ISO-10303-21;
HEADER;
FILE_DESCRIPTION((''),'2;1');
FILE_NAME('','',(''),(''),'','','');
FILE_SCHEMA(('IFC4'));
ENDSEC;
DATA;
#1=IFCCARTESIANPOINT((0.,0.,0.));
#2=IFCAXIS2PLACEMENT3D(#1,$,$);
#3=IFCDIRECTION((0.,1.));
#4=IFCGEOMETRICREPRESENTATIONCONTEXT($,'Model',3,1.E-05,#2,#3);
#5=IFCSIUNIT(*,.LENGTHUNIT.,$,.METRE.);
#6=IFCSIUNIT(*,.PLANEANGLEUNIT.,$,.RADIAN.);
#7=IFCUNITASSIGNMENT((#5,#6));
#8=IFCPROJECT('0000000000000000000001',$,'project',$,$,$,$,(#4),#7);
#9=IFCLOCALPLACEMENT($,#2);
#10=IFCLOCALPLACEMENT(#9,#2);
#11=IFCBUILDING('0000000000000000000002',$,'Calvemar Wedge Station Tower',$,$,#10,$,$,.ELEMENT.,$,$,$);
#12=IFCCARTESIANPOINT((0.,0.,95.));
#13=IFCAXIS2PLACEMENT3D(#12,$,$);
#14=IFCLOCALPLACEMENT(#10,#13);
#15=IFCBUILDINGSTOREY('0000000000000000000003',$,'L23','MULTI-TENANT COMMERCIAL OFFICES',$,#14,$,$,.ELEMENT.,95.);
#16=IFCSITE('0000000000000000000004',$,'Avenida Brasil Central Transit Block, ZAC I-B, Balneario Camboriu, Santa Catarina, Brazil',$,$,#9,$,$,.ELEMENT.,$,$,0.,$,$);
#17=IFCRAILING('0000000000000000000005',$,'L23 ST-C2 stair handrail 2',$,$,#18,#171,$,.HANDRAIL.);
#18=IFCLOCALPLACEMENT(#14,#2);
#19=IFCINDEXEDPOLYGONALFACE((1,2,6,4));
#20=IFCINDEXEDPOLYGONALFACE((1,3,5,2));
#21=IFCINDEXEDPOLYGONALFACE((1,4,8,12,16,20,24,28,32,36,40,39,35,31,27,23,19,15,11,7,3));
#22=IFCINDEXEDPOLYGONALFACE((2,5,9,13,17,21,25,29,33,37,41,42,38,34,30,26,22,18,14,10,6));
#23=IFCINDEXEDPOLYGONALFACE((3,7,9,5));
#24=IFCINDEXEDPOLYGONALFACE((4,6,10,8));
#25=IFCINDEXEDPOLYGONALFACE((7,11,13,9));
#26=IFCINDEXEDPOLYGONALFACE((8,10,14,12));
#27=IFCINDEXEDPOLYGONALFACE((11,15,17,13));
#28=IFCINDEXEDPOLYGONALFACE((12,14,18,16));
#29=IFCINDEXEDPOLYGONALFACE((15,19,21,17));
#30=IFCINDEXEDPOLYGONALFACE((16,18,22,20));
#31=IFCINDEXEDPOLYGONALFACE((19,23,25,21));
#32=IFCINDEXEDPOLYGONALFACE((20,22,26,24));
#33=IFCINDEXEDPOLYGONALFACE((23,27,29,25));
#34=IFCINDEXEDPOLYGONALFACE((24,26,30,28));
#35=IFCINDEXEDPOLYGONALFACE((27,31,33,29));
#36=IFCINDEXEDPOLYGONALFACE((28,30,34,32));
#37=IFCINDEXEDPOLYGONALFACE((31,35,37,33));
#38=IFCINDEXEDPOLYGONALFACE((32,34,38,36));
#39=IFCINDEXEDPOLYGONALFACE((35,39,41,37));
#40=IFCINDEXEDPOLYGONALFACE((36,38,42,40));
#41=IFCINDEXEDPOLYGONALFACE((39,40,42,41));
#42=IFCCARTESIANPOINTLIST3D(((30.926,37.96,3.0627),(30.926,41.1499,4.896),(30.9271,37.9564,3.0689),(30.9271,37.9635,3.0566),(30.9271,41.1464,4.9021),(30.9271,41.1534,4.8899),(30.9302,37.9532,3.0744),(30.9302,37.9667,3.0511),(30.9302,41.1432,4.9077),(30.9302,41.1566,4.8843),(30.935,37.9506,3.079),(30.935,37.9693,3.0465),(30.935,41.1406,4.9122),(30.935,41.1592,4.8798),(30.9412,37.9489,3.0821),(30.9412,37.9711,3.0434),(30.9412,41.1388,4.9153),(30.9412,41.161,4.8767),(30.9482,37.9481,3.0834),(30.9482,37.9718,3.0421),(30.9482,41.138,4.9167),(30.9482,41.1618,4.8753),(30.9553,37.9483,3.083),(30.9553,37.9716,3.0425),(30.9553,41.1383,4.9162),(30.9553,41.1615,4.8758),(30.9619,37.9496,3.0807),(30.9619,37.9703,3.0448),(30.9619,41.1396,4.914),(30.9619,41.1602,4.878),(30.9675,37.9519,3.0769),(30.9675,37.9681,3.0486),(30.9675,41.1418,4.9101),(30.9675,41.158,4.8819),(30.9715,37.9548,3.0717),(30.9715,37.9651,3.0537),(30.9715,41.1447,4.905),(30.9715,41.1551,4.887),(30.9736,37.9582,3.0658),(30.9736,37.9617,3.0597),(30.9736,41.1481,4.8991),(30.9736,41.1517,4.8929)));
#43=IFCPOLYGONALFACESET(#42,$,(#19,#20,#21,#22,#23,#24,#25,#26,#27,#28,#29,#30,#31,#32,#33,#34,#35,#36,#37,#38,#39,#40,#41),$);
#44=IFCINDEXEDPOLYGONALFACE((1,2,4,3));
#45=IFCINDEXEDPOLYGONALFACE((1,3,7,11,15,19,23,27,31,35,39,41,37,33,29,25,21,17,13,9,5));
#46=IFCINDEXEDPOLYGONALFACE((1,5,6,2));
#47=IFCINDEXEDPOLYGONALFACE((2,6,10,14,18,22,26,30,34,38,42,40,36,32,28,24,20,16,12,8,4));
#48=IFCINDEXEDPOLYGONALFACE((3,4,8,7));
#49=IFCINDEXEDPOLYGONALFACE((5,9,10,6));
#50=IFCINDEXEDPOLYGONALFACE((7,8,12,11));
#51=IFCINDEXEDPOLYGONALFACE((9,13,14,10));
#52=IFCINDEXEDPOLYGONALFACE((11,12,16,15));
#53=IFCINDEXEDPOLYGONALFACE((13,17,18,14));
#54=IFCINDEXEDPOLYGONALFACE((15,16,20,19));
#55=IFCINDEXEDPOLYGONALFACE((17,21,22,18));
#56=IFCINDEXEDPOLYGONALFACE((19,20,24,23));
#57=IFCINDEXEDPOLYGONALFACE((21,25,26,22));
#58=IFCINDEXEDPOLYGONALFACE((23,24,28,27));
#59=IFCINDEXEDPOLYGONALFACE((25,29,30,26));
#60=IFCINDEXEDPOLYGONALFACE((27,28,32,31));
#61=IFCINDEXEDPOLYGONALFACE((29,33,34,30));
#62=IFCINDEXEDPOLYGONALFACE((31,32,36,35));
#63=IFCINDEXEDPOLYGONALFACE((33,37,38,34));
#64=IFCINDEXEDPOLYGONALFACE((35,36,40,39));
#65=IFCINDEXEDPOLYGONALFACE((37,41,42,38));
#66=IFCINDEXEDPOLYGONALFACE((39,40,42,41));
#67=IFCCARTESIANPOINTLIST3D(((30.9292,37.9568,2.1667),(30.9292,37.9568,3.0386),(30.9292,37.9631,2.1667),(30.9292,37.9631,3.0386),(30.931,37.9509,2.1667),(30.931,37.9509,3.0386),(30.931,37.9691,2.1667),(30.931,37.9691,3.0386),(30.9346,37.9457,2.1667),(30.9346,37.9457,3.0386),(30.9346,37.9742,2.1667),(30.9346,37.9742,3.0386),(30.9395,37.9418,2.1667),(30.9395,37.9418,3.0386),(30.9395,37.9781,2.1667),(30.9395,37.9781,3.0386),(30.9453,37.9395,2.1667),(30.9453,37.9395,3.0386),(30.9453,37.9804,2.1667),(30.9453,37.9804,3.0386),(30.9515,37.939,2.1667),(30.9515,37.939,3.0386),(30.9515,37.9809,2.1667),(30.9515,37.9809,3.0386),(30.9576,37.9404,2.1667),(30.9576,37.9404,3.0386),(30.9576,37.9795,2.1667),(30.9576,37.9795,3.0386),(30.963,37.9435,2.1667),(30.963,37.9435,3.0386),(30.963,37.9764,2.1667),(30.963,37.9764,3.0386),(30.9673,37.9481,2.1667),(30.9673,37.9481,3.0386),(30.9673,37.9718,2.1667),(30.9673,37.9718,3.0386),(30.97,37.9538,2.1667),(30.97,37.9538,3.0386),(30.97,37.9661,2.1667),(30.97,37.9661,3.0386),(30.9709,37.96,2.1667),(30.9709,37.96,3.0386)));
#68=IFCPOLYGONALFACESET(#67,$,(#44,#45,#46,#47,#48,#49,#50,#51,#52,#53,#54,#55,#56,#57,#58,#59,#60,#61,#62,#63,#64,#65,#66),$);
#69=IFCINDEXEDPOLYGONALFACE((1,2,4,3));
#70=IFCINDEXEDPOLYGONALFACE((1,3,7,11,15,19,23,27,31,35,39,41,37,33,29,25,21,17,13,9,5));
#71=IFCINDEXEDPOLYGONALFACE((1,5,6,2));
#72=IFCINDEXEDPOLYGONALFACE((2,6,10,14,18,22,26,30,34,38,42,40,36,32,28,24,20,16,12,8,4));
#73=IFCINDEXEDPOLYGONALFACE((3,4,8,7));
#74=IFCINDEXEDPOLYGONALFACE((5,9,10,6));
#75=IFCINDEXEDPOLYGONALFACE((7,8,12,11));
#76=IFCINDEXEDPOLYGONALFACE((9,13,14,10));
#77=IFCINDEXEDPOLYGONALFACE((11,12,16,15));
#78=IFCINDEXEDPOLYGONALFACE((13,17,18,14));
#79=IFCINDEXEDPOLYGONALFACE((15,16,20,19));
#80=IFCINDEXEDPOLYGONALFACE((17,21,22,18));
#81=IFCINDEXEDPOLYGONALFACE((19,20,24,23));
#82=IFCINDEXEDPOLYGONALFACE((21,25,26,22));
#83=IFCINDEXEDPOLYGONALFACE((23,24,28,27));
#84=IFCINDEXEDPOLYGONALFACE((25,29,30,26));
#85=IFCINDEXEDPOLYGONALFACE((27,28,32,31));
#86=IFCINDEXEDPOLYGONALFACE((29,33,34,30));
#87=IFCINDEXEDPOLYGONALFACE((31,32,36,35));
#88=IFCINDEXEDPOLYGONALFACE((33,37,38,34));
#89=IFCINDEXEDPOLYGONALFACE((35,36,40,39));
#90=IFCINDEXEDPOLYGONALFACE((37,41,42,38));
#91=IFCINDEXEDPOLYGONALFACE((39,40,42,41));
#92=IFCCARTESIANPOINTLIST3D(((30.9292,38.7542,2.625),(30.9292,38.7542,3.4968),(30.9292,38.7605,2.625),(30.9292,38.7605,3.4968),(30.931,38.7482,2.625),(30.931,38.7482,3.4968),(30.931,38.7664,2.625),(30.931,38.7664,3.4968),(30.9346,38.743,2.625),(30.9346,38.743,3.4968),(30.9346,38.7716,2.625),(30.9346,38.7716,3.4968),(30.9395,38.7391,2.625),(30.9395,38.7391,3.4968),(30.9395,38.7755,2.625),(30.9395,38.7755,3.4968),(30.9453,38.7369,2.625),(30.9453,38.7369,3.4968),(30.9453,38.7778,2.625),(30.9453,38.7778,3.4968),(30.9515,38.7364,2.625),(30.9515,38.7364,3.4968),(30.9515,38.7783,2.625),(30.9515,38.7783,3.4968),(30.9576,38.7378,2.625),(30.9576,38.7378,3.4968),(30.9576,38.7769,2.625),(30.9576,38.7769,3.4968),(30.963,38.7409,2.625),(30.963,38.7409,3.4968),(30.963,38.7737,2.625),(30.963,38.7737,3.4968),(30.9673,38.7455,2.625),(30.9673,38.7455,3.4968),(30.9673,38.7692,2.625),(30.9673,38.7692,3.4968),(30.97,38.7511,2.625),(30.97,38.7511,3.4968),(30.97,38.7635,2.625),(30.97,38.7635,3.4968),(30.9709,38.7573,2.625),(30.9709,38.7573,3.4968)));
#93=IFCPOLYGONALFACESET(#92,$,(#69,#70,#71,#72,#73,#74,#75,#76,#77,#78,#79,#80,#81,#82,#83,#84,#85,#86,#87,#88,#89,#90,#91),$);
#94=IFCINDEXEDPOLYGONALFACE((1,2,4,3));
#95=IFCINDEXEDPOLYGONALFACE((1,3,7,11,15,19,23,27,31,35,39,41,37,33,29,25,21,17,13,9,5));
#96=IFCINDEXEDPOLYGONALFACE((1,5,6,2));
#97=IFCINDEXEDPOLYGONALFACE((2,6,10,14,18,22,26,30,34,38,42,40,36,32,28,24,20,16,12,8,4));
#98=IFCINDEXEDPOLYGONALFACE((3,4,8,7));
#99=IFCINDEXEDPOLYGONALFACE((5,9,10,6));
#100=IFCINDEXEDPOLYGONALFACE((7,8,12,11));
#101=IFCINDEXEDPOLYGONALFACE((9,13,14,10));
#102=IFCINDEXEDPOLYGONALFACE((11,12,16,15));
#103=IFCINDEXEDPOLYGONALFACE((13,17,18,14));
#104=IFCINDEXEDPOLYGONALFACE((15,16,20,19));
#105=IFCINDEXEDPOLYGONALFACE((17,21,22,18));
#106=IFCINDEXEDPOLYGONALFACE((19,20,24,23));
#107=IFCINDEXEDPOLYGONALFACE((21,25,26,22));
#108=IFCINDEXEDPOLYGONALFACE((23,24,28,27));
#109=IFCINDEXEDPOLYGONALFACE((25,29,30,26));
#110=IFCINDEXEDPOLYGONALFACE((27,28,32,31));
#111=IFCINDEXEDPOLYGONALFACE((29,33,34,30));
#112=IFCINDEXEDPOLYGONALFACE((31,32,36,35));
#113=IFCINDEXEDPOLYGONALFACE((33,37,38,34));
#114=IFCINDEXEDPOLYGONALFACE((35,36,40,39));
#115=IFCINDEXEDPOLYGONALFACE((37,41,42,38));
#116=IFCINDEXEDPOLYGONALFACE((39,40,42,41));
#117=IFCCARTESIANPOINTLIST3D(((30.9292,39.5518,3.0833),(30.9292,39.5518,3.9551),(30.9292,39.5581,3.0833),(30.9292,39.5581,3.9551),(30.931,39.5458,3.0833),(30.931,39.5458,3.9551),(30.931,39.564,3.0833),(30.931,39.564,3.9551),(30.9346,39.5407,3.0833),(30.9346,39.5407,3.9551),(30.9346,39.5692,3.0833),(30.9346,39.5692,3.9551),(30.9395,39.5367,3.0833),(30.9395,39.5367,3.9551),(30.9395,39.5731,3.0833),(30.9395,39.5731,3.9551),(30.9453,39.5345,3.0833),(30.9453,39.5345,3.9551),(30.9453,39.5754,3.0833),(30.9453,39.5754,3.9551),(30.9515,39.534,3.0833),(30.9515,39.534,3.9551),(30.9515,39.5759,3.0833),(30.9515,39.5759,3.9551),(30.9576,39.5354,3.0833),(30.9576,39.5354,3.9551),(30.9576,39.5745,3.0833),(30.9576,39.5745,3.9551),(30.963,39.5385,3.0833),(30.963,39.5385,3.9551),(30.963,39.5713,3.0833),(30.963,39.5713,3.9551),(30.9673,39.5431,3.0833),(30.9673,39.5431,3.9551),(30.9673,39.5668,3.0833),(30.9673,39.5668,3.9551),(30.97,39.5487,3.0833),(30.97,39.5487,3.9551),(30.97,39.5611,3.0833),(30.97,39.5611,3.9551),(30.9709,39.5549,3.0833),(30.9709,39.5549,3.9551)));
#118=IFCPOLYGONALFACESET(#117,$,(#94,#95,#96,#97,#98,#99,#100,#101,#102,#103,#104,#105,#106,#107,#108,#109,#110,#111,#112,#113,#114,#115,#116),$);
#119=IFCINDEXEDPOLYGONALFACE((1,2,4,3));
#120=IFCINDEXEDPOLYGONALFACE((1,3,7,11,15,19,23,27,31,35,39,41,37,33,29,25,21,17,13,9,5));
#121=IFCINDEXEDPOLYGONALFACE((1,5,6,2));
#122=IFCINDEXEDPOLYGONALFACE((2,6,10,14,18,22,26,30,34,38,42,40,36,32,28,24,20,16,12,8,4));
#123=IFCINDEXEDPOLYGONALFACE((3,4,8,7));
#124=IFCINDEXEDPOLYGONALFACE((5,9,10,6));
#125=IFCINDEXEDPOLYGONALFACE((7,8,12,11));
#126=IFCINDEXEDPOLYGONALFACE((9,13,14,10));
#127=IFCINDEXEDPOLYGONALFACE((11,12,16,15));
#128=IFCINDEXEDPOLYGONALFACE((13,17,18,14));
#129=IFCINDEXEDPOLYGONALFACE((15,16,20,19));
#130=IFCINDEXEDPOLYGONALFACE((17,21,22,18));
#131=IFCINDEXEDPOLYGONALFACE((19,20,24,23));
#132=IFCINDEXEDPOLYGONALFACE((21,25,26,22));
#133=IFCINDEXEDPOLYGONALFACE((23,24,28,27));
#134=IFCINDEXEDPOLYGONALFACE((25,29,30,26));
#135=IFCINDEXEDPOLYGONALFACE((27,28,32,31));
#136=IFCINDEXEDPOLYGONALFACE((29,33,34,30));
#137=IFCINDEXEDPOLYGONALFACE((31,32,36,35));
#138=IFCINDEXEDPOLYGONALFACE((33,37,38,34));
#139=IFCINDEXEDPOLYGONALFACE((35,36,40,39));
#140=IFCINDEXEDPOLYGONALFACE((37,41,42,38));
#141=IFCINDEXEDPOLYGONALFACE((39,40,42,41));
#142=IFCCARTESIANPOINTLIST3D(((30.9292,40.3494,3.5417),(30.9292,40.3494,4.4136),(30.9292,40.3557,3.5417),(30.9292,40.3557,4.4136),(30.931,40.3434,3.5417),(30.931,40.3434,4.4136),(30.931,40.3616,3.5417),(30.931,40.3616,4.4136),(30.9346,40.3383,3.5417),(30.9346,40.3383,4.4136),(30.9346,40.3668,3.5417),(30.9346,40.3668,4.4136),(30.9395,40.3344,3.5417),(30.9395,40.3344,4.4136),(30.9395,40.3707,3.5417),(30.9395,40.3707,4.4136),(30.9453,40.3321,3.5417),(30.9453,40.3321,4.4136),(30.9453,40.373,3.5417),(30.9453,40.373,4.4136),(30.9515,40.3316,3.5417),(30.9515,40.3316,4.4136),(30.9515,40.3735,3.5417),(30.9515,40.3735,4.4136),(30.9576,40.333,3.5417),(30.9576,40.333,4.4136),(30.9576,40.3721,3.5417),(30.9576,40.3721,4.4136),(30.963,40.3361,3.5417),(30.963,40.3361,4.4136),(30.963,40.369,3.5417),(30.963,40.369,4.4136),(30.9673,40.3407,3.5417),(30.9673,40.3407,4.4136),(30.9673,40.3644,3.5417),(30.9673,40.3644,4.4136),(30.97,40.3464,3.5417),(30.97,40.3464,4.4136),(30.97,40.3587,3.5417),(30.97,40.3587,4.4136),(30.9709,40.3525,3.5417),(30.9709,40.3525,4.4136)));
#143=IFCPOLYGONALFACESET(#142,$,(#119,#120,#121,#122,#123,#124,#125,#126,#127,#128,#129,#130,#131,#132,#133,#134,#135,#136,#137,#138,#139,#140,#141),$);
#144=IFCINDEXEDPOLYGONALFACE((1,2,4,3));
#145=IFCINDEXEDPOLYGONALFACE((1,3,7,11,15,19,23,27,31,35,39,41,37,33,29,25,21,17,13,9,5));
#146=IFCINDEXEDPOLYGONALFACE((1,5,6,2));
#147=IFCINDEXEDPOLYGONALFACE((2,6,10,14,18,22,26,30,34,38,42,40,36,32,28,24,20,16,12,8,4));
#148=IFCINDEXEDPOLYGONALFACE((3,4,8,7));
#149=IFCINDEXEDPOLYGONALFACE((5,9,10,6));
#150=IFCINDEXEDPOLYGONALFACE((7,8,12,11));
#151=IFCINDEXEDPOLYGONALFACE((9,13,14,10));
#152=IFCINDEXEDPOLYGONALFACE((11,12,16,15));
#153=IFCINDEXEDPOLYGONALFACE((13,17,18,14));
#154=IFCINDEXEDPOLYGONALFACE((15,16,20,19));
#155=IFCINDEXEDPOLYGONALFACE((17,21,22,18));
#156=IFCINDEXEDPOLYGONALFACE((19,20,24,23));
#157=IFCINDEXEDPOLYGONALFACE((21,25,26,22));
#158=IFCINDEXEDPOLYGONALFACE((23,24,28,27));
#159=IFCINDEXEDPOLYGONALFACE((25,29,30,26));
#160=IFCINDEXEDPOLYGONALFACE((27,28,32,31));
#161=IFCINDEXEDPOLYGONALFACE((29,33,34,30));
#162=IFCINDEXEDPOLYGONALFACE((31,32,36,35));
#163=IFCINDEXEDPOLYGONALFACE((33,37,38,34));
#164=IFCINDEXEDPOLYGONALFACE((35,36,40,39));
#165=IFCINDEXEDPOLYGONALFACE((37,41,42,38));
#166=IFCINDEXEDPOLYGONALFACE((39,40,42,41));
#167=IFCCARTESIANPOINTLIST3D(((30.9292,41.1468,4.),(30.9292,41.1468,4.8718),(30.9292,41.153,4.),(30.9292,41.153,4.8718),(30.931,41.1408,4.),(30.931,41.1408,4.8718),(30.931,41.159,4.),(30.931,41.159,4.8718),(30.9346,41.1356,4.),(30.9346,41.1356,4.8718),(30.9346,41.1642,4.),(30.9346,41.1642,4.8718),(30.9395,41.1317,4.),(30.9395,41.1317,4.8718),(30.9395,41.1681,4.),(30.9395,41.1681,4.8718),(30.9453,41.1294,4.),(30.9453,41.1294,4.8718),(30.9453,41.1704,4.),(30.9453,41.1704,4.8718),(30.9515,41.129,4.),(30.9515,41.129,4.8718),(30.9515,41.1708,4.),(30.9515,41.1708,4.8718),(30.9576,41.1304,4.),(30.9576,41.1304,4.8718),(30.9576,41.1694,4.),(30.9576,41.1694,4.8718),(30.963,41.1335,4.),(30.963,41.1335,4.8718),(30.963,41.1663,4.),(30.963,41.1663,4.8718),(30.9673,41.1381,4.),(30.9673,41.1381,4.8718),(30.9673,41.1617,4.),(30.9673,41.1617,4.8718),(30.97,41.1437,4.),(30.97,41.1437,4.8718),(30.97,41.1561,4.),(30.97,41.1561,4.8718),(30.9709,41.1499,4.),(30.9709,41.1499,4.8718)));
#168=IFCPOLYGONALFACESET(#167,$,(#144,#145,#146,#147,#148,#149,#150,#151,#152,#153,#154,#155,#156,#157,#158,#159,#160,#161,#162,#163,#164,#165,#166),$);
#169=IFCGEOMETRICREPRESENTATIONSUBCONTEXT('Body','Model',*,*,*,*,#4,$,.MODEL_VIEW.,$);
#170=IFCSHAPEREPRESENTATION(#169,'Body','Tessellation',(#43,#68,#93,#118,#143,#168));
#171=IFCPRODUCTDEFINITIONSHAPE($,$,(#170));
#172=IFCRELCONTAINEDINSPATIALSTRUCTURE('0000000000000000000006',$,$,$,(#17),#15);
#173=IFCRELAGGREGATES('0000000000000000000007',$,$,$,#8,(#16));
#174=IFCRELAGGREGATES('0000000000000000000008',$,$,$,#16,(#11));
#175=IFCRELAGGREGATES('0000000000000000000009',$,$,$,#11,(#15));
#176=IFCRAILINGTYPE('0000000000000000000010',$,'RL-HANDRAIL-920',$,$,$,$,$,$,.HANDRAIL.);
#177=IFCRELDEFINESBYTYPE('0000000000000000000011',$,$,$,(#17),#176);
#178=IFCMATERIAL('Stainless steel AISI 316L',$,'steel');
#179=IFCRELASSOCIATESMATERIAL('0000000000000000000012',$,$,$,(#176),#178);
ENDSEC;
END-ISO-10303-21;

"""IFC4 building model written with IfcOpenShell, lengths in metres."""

from ifc_helpers import new_model, si_unit, direction, frame, origin, origin_2d, place, context, subcontext, project, spatial, circle, extrude, material, type_object, element, save


model = new_model("IFC4")

# Units and contexts
model_context = context("Model", 3, precision=1e-05, world=origin(), true_north=direction((0.0, 1.0)))
body_context = subcontext(model_context, "Body", "Model", "MODEL_VIEW")
ifc_project = project(units=[si_unit("LENGTHUNIT", "METRE"), si_unit("PLANEANGLEUNIT", "RADIAN")], contexts=[model_context])

# Site, building, storey
site_placement = place(None, origin())
site = spatial("IfcSite", under=ifc_project, at=site_placement, Name="Avenida Brasil Central Transit Block, ZAC I-B, Balneario Camboriu, Santa Catarina, Brazil", CompositionType="ELEMENT", RefElevation=0.0)
building_placement = place(site_placement, origin())
building = spatial("IfcBuilding", under=site, at=building_placement, Name="Calvemar Wedge Station Tower", CompositionType="ELEMENT")
storey_placement = place(building_placement, frame((0.0, 0.0, 95.0)))
storey = spatial("IfcBuildingStorey", under=building, at=storey_placement, Name="L23", Description="MULTI-TENANT COMMERCIAL OFFICES", CompositionType="ELEMENT", Elevation=95.0)

# Railing
ifc_material_1 = material(Name="Stainless steel AISI 316L", Category="steel")
railing_type_1 = type_object("IfcRailingType", Name="RL-HANDRAIL-920", PredefinedType="HANDRAIL", material=ifc_material_1)
railing_1_placement = place(storey_placement, frame((30.95, 37.96, 2.1667)))
element("IfcRailing", 1, at=railing_1_placement, inside=storey, type_object=railing_type_1, Name="L23 ST-C2 stair handrail 2", PredefinedType="HANDRAIL", context=body_context, shape_type="SweptSolid", body=[
    extrude(circle(Radius=0.0239, at=origin_2d()), frame((0.0, 0.0, 0.896), z_axis=(0.0, 0.86702, 0.498274), x_axis=(-1.0, 0.0, 0.0)), (0.0, 0.0, 1.0), 3.6792),
    extrude(circle(Radius=0.021, at=origin_2d()), origin(), (0.0, 0.0, 1.0), 0.8718),
    extrude(circle(Radius=0.021, at=origin_2d()), frame((0.0, 0.7974, 0.4583)), (0.0, 0.0, 1.0), 0.8718),
    extrude(circle(Radius=0.021, at=origin_2d()), frame((0.0, 1.595, 0.9165)), (0.0, 0.0, 1.0), 0.8718),
    extrude(circle(Radius=0.021, at=origin_2d()), frame((0.0, 2.3926, 1.375)), (0.0, 0.0, 1.0), 0.8718),
    extrude(circle(Radius=0.021, at=origin_2d()), frame((0.0, 3.1899, 1.8333)), (0.0, 0.0, 1.0), 0.8718),
])

save(model, "model.ifc")
